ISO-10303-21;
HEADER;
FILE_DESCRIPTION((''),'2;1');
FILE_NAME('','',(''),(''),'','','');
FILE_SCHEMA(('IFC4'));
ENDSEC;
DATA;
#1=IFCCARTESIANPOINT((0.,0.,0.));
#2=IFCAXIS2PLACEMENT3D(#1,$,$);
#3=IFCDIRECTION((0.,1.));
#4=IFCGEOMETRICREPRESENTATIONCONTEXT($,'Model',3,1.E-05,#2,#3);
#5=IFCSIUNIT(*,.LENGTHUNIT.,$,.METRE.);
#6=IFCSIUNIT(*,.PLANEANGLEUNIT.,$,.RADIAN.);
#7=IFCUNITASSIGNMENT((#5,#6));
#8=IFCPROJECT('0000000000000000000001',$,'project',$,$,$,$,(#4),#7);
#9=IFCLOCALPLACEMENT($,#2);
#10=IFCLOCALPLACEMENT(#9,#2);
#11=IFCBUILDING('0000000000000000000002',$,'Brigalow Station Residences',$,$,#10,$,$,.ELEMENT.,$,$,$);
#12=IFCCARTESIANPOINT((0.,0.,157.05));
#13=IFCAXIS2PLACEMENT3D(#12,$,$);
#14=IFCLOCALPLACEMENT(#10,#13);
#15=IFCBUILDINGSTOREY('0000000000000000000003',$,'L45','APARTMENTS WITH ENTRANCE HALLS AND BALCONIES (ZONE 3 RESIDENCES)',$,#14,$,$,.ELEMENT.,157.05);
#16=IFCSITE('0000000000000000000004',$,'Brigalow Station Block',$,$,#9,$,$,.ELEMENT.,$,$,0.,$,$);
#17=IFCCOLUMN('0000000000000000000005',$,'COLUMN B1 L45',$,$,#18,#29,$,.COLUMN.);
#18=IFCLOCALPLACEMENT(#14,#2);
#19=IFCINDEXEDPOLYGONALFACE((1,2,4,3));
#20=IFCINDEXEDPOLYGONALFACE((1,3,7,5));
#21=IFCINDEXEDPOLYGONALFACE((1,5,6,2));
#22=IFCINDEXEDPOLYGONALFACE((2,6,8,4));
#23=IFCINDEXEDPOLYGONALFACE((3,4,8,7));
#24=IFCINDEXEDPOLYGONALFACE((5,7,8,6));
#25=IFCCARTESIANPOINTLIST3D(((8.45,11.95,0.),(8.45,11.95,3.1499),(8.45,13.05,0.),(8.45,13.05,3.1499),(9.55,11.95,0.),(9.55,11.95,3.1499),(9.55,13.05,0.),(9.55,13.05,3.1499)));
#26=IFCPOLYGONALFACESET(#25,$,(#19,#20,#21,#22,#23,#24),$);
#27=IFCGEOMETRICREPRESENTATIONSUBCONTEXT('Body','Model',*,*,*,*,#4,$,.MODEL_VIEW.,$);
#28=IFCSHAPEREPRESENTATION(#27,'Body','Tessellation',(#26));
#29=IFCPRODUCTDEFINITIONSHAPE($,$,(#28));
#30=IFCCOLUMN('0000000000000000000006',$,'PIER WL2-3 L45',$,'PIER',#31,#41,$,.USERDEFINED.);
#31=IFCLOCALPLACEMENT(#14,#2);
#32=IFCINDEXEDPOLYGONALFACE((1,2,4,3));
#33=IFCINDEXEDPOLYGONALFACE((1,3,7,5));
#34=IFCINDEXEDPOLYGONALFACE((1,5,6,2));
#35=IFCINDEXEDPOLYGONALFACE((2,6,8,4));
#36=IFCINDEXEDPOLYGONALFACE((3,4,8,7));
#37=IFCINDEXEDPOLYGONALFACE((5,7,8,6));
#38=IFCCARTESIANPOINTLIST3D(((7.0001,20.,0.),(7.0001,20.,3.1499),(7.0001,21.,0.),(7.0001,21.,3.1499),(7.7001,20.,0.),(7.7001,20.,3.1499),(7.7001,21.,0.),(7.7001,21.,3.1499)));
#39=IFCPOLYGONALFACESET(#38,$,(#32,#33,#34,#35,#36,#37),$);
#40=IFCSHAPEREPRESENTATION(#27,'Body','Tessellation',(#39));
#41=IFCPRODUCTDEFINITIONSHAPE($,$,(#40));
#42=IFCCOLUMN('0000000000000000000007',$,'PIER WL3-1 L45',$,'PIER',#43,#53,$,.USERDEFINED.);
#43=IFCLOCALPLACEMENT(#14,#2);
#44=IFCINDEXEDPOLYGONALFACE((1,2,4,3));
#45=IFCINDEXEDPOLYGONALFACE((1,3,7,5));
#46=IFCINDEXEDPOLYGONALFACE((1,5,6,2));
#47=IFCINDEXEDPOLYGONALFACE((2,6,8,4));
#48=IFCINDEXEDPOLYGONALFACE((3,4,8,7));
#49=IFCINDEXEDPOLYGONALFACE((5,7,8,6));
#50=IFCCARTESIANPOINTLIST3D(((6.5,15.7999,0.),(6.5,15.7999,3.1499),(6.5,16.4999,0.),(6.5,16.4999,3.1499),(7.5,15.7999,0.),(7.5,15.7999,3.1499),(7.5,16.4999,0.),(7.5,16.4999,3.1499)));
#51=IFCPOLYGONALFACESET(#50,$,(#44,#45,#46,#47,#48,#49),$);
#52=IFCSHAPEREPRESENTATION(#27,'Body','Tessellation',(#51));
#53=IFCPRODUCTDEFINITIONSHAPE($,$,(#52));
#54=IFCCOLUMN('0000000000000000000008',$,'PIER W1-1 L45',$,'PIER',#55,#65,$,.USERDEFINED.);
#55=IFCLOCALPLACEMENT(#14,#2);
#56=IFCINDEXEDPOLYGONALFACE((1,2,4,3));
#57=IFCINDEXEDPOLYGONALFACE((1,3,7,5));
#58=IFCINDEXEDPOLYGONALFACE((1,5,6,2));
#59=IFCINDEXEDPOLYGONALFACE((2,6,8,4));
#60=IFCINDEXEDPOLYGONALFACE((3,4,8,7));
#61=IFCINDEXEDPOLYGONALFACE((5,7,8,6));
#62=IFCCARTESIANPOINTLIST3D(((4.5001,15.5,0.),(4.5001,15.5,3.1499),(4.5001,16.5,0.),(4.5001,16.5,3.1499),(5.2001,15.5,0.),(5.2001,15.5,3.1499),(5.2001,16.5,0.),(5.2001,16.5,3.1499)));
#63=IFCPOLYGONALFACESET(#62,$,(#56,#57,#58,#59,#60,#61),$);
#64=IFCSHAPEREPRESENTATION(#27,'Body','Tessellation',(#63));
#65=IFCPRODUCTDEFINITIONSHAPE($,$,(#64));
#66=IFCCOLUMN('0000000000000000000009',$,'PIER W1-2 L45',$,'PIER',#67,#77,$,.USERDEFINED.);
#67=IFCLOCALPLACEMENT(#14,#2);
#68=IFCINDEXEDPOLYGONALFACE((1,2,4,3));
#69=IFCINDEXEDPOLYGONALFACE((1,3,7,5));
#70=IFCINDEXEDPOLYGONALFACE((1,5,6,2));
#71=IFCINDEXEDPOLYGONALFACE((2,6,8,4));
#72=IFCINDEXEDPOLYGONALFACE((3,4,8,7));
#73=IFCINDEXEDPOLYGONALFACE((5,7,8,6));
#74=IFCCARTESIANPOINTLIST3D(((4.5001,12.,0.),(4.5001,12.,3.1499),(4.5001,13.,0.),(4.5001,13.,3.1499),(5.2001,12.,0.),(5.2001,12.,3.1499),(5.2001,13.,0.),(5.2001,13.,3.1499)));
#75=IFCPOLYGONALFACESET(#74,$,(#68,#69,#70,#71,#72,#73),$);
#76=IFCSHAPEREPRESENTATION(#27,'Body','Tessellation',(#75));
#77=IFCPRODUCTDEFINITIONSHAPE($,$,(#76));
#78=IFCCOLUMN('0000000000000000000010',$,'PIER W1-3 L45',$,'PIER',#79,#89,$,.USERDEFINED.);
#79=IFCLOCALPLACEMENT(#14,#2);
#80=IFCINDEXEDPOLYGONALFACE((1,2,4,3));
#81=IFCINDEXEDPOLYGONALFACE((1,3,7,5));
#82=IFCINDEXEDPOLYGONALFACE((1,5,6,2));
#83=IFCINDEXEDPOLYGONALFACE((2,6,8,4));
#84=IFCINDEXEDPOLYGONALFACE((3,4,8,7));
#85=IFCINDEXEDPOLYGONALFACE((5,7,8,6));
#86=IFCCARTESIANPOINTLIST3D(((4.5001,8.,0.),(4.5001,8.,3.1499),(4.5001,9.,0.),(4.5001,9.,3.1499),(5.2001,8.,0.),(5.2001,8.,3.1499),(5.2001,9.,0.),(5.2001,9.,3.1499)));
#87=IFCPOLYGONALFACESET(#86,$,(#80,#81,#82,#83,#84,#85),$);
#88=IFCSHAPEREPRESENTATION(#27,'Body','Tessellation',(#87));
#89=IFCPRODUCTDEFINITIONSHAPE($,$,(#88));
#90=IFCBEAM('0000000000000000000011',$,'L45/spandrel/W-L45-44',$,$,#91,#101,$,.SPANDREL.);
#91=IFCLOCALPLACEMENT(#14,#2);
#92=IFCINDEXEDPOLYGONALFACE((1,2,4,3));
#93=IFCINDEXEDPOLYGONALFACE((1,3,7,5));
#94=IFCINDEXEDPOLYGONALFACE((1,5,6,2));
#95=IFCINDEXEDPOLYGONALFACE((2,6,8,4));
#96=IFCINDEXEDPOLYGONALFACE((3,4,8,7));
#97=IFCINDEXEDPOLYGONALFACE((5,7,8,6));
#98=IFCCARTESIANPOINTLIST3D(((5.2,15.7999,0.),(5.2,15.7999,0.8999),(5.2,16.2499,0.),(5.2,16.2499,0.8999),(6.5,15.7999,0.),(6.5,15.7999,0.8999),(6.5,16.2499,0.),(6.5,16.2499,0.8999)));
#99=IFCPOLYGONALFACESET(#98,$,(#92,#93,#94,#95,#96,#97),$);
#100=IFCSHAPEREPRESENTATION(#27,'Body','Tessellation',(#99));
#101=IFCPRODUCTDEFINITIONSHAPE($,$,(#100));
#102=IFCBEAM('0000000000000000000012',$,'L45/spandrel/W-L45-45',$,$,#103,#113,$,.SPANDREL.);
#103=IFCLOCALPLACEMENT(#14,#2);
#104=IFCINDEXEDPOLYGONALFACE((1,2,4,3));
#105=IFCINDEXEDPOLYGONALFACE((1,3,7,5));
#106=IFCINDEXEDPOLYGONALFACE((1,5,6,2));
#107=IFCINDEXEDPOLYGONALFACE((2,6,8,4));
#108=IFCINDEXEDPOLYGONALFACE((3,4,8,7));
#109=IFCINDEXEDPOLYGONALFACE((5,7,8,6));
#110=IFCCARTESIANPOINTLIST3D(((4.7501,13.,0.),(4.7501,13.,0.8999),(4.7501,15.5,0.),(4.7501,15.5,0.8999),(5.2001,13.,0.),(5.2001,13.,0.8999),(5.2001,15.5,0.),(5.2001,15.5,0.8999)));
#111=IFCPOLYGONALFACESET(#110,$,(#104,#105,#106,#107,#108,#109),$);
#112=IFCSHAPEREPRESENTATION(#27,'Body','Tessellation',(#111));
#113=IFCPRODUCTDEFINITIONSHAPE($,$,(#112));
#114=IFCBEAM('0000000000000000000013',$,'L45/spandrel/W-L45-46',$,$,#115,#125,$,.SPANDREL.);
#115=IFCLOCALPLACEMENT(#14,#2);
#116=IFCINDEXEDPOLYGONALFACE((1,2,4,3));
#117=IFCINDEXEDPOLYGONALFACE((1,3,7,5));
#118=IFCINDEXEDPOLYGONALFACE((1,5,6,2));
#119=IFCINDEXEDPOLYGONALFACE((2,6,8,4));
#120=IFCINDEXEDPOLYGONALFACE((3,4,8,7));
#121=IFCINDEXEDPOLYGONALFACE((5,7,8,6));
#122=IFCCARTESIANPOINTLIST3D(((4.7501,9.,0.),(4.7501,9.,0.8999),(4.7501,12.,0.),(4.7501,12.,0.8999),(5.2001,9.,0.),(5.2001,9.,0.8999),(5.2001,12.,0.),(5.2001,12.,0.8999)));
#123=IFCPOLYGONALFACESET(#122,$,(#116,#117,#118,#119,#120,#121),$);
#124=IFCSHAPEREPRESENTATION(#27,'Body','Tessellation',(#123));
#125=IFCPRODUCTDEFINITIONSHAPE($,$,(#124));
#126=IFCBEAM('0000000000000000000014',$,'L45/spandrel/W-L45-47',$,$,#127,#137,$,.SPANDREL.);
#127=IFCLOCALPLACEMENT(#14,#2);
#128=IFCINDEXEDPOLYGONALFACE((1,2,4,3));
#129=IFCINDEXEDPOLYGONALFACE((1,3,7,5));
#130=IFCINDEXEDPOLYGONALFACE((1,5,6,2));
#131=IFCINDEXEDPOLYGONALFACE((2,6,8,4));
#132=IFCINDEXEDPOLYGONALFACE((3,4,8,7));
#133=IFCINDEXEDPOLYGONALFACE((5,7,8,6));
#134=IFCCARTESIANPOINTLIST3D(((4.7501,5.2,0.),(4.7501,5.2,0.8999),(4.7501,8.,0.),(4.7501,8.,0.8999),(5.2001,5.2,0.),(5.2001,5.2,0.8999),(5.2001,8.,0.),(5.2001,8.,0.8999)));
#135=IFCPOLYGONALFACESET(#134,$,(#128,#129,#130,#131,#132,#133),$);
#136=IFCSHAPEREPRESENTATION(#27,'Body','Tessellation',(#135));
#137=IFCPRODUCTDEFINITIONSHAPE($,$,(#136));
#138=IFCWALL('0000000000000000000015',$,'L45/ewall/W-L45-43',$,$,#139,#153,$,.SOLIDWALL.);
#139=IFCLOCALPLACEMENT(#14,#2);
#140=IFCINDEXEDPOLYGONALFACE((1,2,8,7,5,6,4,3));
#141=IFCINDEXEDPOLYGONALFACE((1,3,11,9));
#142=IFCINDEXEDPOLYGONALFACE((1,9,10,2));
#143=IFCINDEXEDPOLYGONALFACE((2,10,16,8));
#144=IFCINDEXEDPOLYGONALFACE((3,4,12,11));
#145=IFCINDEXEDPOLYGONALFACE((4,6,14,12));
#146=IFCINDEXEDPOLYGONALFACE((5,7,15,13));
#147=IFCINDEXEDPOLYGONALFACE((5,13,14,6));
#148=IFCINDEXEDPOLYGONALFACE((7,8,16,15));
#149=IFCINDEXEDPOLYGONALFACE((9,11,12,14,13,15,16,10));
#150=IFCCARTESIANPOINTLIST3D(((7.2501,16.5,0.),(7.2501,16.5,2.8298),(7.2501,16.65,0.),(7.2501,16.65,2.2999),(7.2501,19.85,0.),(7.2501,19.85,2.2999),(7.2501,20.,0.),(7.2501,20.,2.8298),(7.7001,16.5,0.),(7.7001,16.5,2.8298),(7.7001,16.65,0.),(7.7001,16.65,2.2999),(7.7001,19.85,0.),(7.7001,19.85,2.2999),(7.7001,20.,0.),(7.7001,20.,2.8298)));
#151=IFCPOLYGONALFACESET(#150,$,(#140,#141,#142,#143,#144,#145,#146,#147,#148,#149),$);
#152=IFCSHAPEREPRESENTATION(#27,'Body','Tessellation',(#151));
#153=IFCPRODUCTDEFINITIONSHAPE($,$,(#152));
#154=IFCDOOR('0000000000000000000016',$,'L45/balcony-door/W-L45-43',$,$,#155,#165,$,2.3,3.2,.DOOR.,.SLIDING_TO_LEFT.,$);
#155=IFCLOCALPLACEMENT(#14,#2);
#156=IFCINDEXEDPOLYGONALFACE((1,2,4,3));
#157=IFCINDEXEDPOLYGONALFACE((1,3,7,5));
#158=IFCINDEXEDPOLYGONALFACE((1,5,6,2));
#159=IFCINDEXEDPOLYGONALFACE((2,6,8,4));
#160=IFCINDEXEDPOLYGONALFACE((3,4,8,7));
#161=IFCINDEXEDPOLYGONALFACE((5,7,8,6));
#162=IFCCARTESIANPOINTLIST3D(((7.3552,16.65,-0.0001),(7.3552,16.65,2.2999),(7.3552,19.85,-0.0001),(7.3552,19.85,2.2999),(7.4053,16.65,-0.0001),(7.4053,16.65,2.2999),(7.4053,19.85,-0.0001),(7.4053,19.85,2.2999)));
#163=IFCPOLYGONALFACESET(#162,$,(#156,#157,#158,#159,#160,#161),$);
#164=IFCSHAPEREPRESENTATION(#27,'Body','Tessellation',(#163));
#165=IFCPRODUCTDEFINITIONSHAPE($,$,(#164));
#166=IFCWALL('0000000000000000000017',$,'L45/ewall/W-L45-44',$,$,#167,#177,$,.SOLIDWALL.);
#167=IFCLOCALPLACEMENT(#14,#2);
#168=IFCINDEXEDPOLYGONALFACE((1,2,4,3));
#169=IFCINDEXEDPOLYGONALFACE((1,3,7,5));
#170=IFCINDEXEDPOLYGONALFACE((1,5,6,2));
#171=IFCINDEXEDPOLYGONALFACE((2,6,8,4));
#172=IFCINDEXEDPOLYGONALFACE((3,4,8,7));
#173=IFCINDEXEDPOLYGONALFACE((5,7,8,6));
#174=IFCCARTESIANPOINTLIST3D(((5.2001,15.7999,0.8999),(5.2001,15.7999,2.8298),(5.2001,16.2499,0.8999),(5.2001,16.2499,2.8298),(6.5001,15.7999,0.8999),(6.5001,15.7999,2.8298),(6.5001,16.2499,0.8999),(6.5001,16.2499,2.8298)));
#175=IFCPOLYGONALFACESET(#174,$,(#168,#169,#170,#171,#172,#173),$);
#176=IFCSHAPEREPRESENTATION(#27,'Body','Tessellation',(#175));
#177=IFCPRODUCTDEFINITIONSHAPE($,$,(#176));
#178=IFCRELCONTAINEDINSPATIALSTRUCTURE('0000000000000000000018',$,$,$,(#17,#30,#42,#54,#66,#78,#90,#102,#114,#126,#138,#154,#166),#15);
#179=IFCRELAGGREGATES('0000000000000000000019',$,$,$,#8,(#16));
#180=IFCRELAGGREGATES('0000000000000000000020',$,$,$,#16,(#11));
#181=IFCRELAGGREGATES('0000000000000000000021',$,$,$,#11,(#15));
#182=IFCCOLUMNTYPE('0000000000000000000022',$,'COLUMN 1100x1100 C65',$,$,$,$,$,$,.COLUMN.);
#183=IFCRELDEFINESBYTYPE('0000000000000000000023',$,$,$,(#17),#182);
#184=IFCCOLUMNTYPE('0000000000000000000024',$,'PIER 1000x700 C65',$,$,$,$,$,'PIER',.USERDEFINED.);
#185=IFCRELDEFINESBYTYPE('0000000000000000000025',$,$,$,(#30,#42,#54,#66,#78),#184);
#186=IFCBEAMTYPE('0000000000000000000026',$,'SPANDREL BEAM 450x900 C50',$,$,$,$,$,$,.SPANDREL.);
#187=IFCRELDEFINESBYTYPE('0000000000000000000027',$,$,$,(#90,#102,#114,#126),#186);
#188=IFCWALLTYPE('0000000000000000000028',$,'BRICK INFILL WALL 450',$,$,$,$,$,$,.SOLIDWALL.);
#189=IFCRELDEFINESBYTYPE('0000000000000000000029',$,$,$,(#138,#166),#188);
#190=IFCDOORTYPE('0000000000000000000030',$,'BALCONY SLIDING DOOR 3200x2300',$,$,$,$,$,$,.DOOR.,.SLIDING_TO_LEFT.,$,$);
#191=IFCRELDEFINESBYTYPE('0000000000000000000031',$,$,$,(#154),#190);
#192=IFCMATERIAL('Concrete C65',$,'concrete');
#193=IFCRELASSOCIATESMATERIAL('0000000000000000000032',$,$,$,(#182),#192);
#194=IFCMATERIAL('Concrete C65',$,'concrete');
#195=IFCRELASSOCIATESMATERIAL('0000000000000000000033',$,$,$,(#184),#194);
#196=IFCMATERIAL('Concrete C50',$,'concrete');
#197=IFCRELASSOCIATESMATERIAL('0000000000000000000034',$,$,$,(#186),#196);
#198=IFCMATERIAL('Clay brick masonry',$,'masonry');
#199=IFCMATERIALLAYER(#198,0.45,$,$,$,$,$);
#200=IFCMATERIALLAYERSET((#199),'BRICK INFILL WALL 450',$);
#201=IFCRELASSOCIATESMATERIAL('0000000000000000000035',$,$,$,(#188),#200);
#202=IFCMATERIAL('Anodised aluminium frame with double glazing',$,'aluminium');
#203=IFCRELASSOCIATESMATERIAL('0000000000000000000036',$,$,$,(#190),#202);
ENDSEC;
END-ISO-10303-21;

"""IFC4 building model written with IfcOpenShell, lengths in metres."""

from ifc_helpers import new_model, si_unit, direction, frame, frame_2d, origin, origin_2d, place, context, subcontext, project, spatial, rectangle, extrude, material, layer, layer_set, material_profile, profile_set, type_object, element, fill, save


model = new_model("IFC4")

# Units and contexts
model_context = context("Model", 3, precision=1e-05, world=origin(), true_north=direction((0.0, 1.0)))
body_context = subcontext(model_context, "Body", "Model", "MODEL_VIEW")
ifc_project = project(units=[si_unit("LENGTHUNIT", "METRE"), si_unit("PLANEANGLEUNIT", "RADIAN")], contexts=[model_context])

# Site, building, storey
site_placement = place(None, origin())
site = spatial("IfcSite", under=ifc_project, at=site_placement, Name="Brigalow Station Block", CompositionType="ELEMENT", RefElevation=0.0)
building_placement = place(site_placement, origin())
building = spatial("IfcBuilding", under=site, at=building_placement, Name="Brigalow Station Residences", CompositionType="ELEMENT")
storey_placement = place(building_placement, frame((0.0, 0.0, 157.05)))
storey = spatial("IfcBuildingStorey", under=building, at=storey_placement, Name="L45", Description="APARTMENTS WITH ENTRANCE HALLS AND BALCONIES (ZONE 3 RESIDENCES)", CompositionType="ELEMENT", Elevation=157.05)

# Columns
ifc_material_1 = material(Name="Concrete C65", Category="concrete")
ifc_material_profile_1 = material_profile(ifc_material_1, rectangle(XDim=1.1001, YDim=1.1001, at=origin_2d()), Name="RC1100x1100")
ifc_profile_set_1 = profile_set([ifc_material_profile_1], Name="Concrete C65")
column_type_1 = type_object("IfcColumnType", Name="COLUMN 1100x1100 C65", PredefinedType="COLUMN", material=ifc_profile_set_1)
column_placement = place(storey_placement, frame((9.0, 12.5, 0.0), z_axis=(0.0, 0.0, 1.0), x_axis=(1.0, 0.0, 0.0)))
element("IfcColumn", 1, at=column_placement, inside=storey, type_object=column_type_1, Name="COLUMN B1 L45", PredefinedType="COLUMN", context=body_context, shape_type="SweptSolid", body=[
    extrude(rectangle(XDim=1.1001, YDim=1.1001, at=origin_2d()), origin(), (0.0, 0.0, 1.0), 3.1499),
])
ifc_material_2 = material(Name="Concrete C65", Category="concrete")
ifc_material_profile_2 = material_profile(ifc_material_2, rectangle(XDim=1.0, YDim=0.7, at=origin_2d()), Name="RC1000x700")
ifc_profile_set_2 = profile_set([ifc_material_profile_2], Name="Concrete C65")
column_type_2 = type_object("IfcColumnType", Name="PIER 1000x700 C65", ElementType="PIER", PredefinedType="USERDEFINED", material=ifc_profile_set_2)
for number, where, z_axis, x_axis, name in (
    (2, (7.3501, 20.5, 0.0), (0.0, 0.0, 1.0), (0.0, -1.0, 0.0), "PIER WL2-3 L45"),
    (3, (7.0, 16.1499, 0.0), (0.0, 0.0, 1.0), (-1.0, 0.0, 0.0), "PIER WL3-1 L45"),
    (4, (4.8501, 16.0, 0.0), (0.0, 0.0, 1.0), (0.0, -1.0, 0.0), "PIER W1-1 L45"),
    (5, (4.8501, 12.5, 0.0), (0.0, 0.0, 1.0), (0.0, -1.0, 0.0), "PIER W1-2 L45"),
    (6, (4.8501, 8.5, 0.0), (0.0, 0.0, 1.0), (0.0, -1.0, 0.0), "PIER W1-3 L45"),
):
    element("IfcColumn", number, at=place(storey_placement, frame(where, z_axis=z_axis, x_axis=x_axis)), inside=storey, type_object=column_type_2, Name=name, ObjectType="PIER", PredefinedType="USERDEFINED", context=body_context, shape_type="SweptSolid", body=[
        extrude(rectangle(XDim=1.0, YDim=0.7, at=origin_2d()), origin(), (0.0, 0.0, 1.0), 3.1499),
    ])

# Beams
ifc_material_3 = material(Name="Concrete C50", Category="concrete")
ifc_material_profile_3 = material_profile(ifc_material_3, rectangle(XDim=0.45, YDim=0.8999, at=origin_2d()), Name="RC450x900")
ifc_profile_set_3 = profile_set([ifc_material_profile_3], Name="Concrete C50")
beam_type = type_object("IfcBeamType", Name="SPANDREL BEAM 450x900 C50", PredefinedType="SPANDREL", material=ifc_profile_set_3)
beam_1_placement = place(storey_placement, frame((6.5, 16.0249, 0.45), z_axis=(-1.0, 0.0, 0.0), x_axis=(0.0, -1.0, 0.0)))
element("IfcBeam", 7, at=beam_1_placement, inside=storey, type_object=beam_type, Name="L45/spandrel/W-L45-44", PredefinedType="SPANDREL", context=body_context, shape_type="SweptSolid", body=[
    extrude(rectangle(XDim=0.45, YDim=0.8999, at=origin_2d()), origin(), (0.0, 0.0, 1.0), 1.3),
])
beam_2_placement = place(storey_placement, frame((4.9751, 15.5, 0.45), z_axis=(0.0, -1.0, 0.0), x_axis=(1.0, 0.0, 0.0)))
element("IfcBeam", 8, at=beam_2_placement, inside=storey, type_object=beam_type, Name="L45/spandrel/W-L45-45", PredefinedType="SPANDREL", context=body_context, shape_type="SweptSolid", body=[
    extrude(rectangle(XDim=0.45, YDim=0.8999, at=origin_2d()), origin(), (0.0, 0.0, 1.0), 2.5),
])
beam_3_placement = place(storey_placement, frame((4.9751, 12.0, 0.45), z_axis=(0.0, -1.0, 0.0), x_axis=(1.0, 0.0, 0.0)))
element("IfcBeam", 9, at=beam_3_placement, inside=storey, type_object=beam_type, Name="L45/spandrel/W-L45-46", PredefinedType="SPANDREL", context=body_context, shape_type="SweptSolid", body=[
    extrude(rectangle(XDim=0.45, YDim=0.8999, at=origin_2d()), origin(), (0.0, 0.0, 1.0), 3.0),
])
beam_4_placement = place(storey_placement, frame((4.9751, 8.0, 0.45), z_axis=(0.0, -1.0, 0.0), x_axis=(1.0, 0.0, 0.0)))
element("IfcBeam", 10, at=beam_4_placement, inside=storey, type_object=beam_type, Name="L45/spandrel/W-L45-47", PredefinedType="SPANDREL", context=body_context, shape_type="SweptSolid", body=[
    extrude(rectangle(XDim=0.45, YDim=0.8999, at=origin_2d()), origin(), (0.0, 0.0, 1.0), 2.8),
])

# Wall, opening, door
ifc_material_4 = material(Name="Clay brick masonry", Category="masonry")
ifc_layer_1 = layer(ifc_material_4, 0.45)
ifc_layer_set_1 = layer_set([ifc_layer_1], Name="BRICK INFILL WALL 450")
wall_type_1 = type_object("IfcWallType", Name="BRICK INFILL WALL 450", PredefinedType="SOLIDWALL", material=ifc_layer_set_1)
wall_1_placement = place(storey_placement, frame((7.4751, 20.0, 0.0), z_axis=(0.0, 0.0, 1.0), x_axis=(0.0, -1.0, 0.0)))
wall_1 = element("IfcWall", 11, at=wall_1_placement, inside=storey, type_object=wall_type_1, Name="L45/ewall/W-L45-43", PredefinedType="SOLIDWALL", context=body_context, shape_type="SweptSolid", body=[
    extrude(rectangle(XDim=3.5, YDim=0.45, at=frame_2d((1.75, 0.0))), origin(), (0.0, 0.0, 1.0), 2.8298),
])
opening_1_placement = place(wall_1_placement, frame((0.1499, 0.0, 0.0)))
opening_1 = element("IfcOpeningElement", 12, at=opening_1_placement, cuts=wall_1, PredefinedType="OPENING", context=body_context, shape_type="SweptSolid", body=[
    extrude(rectangle(XDim=3.2, YDim=2.3, at=frame_2d((1.6001, 1.1499))), frame((0.0, 0.2349, 0.0), z_axis=(0.0, -1.0, 0.0), x_axis=(1.0, 0.0, 0.0)), (0.0, 0.0, 1.0), 0.47),
])
ifc_material_5 = material(Name="Anodised aluminium frame with double glazing", Category="aluminium")
door_type_1 = type_object("IfcDoorType", Name="BALCONY SLIDING DOOR 3200x2300", OperationType="SLIDING_TO_LEFT", PredefinedType="DOOR", material=ifc_material_5)
door_1_placement = place(opening_1_placement, origin())
door_1 = element("IfcDoor", 13, at=door_1_placement, inside=storey, type_object=door_type_1, Name="L45/balcony-door/W-L45-43", OperationType="SLIDING_TO_LEFT", OverallHeight=2.3, OverallWidth=3.2, PredefinedType="DOOR", context=body_context, shape_type="SweptSolid", body=[
    extrude(rectangle(XDim=3.2, YDim=2.3, at=frame_2d((1.6001, 1.1499))), frame((0.0, -0.0698, 0.0), z_axis=(0.0, -1.0, 0.0), x_axis=(1.0, 0.0, 0.0)), (0.0, 0.0, 1.0), 0.05),
])
fill(opening_1, door_1)

# Wall
wall_2_placement = place(storey_placement, frame((6.5, 16.0249, 0.8999), z_axis=(0.0, 0.0, 1.0), x_axis=(-1.0, 0.0, 0.0)))
element("IfcWall", 14, at=wall_2_placement, inside=storey, type_object=wall_type_1, Name="L45/ewall/W-L45-44", PredefinedType="SOLIDWALL", context=body_context, shape_type="SweptSolid", body=[
    extrude(rectangle(XDim=1.3, YDim=0.45, at=frame_2d((0.6499, 0.0))), origin(), (0.0, 0.0, 1.0), 1.9299),
])

save(model, "model.ifc")
